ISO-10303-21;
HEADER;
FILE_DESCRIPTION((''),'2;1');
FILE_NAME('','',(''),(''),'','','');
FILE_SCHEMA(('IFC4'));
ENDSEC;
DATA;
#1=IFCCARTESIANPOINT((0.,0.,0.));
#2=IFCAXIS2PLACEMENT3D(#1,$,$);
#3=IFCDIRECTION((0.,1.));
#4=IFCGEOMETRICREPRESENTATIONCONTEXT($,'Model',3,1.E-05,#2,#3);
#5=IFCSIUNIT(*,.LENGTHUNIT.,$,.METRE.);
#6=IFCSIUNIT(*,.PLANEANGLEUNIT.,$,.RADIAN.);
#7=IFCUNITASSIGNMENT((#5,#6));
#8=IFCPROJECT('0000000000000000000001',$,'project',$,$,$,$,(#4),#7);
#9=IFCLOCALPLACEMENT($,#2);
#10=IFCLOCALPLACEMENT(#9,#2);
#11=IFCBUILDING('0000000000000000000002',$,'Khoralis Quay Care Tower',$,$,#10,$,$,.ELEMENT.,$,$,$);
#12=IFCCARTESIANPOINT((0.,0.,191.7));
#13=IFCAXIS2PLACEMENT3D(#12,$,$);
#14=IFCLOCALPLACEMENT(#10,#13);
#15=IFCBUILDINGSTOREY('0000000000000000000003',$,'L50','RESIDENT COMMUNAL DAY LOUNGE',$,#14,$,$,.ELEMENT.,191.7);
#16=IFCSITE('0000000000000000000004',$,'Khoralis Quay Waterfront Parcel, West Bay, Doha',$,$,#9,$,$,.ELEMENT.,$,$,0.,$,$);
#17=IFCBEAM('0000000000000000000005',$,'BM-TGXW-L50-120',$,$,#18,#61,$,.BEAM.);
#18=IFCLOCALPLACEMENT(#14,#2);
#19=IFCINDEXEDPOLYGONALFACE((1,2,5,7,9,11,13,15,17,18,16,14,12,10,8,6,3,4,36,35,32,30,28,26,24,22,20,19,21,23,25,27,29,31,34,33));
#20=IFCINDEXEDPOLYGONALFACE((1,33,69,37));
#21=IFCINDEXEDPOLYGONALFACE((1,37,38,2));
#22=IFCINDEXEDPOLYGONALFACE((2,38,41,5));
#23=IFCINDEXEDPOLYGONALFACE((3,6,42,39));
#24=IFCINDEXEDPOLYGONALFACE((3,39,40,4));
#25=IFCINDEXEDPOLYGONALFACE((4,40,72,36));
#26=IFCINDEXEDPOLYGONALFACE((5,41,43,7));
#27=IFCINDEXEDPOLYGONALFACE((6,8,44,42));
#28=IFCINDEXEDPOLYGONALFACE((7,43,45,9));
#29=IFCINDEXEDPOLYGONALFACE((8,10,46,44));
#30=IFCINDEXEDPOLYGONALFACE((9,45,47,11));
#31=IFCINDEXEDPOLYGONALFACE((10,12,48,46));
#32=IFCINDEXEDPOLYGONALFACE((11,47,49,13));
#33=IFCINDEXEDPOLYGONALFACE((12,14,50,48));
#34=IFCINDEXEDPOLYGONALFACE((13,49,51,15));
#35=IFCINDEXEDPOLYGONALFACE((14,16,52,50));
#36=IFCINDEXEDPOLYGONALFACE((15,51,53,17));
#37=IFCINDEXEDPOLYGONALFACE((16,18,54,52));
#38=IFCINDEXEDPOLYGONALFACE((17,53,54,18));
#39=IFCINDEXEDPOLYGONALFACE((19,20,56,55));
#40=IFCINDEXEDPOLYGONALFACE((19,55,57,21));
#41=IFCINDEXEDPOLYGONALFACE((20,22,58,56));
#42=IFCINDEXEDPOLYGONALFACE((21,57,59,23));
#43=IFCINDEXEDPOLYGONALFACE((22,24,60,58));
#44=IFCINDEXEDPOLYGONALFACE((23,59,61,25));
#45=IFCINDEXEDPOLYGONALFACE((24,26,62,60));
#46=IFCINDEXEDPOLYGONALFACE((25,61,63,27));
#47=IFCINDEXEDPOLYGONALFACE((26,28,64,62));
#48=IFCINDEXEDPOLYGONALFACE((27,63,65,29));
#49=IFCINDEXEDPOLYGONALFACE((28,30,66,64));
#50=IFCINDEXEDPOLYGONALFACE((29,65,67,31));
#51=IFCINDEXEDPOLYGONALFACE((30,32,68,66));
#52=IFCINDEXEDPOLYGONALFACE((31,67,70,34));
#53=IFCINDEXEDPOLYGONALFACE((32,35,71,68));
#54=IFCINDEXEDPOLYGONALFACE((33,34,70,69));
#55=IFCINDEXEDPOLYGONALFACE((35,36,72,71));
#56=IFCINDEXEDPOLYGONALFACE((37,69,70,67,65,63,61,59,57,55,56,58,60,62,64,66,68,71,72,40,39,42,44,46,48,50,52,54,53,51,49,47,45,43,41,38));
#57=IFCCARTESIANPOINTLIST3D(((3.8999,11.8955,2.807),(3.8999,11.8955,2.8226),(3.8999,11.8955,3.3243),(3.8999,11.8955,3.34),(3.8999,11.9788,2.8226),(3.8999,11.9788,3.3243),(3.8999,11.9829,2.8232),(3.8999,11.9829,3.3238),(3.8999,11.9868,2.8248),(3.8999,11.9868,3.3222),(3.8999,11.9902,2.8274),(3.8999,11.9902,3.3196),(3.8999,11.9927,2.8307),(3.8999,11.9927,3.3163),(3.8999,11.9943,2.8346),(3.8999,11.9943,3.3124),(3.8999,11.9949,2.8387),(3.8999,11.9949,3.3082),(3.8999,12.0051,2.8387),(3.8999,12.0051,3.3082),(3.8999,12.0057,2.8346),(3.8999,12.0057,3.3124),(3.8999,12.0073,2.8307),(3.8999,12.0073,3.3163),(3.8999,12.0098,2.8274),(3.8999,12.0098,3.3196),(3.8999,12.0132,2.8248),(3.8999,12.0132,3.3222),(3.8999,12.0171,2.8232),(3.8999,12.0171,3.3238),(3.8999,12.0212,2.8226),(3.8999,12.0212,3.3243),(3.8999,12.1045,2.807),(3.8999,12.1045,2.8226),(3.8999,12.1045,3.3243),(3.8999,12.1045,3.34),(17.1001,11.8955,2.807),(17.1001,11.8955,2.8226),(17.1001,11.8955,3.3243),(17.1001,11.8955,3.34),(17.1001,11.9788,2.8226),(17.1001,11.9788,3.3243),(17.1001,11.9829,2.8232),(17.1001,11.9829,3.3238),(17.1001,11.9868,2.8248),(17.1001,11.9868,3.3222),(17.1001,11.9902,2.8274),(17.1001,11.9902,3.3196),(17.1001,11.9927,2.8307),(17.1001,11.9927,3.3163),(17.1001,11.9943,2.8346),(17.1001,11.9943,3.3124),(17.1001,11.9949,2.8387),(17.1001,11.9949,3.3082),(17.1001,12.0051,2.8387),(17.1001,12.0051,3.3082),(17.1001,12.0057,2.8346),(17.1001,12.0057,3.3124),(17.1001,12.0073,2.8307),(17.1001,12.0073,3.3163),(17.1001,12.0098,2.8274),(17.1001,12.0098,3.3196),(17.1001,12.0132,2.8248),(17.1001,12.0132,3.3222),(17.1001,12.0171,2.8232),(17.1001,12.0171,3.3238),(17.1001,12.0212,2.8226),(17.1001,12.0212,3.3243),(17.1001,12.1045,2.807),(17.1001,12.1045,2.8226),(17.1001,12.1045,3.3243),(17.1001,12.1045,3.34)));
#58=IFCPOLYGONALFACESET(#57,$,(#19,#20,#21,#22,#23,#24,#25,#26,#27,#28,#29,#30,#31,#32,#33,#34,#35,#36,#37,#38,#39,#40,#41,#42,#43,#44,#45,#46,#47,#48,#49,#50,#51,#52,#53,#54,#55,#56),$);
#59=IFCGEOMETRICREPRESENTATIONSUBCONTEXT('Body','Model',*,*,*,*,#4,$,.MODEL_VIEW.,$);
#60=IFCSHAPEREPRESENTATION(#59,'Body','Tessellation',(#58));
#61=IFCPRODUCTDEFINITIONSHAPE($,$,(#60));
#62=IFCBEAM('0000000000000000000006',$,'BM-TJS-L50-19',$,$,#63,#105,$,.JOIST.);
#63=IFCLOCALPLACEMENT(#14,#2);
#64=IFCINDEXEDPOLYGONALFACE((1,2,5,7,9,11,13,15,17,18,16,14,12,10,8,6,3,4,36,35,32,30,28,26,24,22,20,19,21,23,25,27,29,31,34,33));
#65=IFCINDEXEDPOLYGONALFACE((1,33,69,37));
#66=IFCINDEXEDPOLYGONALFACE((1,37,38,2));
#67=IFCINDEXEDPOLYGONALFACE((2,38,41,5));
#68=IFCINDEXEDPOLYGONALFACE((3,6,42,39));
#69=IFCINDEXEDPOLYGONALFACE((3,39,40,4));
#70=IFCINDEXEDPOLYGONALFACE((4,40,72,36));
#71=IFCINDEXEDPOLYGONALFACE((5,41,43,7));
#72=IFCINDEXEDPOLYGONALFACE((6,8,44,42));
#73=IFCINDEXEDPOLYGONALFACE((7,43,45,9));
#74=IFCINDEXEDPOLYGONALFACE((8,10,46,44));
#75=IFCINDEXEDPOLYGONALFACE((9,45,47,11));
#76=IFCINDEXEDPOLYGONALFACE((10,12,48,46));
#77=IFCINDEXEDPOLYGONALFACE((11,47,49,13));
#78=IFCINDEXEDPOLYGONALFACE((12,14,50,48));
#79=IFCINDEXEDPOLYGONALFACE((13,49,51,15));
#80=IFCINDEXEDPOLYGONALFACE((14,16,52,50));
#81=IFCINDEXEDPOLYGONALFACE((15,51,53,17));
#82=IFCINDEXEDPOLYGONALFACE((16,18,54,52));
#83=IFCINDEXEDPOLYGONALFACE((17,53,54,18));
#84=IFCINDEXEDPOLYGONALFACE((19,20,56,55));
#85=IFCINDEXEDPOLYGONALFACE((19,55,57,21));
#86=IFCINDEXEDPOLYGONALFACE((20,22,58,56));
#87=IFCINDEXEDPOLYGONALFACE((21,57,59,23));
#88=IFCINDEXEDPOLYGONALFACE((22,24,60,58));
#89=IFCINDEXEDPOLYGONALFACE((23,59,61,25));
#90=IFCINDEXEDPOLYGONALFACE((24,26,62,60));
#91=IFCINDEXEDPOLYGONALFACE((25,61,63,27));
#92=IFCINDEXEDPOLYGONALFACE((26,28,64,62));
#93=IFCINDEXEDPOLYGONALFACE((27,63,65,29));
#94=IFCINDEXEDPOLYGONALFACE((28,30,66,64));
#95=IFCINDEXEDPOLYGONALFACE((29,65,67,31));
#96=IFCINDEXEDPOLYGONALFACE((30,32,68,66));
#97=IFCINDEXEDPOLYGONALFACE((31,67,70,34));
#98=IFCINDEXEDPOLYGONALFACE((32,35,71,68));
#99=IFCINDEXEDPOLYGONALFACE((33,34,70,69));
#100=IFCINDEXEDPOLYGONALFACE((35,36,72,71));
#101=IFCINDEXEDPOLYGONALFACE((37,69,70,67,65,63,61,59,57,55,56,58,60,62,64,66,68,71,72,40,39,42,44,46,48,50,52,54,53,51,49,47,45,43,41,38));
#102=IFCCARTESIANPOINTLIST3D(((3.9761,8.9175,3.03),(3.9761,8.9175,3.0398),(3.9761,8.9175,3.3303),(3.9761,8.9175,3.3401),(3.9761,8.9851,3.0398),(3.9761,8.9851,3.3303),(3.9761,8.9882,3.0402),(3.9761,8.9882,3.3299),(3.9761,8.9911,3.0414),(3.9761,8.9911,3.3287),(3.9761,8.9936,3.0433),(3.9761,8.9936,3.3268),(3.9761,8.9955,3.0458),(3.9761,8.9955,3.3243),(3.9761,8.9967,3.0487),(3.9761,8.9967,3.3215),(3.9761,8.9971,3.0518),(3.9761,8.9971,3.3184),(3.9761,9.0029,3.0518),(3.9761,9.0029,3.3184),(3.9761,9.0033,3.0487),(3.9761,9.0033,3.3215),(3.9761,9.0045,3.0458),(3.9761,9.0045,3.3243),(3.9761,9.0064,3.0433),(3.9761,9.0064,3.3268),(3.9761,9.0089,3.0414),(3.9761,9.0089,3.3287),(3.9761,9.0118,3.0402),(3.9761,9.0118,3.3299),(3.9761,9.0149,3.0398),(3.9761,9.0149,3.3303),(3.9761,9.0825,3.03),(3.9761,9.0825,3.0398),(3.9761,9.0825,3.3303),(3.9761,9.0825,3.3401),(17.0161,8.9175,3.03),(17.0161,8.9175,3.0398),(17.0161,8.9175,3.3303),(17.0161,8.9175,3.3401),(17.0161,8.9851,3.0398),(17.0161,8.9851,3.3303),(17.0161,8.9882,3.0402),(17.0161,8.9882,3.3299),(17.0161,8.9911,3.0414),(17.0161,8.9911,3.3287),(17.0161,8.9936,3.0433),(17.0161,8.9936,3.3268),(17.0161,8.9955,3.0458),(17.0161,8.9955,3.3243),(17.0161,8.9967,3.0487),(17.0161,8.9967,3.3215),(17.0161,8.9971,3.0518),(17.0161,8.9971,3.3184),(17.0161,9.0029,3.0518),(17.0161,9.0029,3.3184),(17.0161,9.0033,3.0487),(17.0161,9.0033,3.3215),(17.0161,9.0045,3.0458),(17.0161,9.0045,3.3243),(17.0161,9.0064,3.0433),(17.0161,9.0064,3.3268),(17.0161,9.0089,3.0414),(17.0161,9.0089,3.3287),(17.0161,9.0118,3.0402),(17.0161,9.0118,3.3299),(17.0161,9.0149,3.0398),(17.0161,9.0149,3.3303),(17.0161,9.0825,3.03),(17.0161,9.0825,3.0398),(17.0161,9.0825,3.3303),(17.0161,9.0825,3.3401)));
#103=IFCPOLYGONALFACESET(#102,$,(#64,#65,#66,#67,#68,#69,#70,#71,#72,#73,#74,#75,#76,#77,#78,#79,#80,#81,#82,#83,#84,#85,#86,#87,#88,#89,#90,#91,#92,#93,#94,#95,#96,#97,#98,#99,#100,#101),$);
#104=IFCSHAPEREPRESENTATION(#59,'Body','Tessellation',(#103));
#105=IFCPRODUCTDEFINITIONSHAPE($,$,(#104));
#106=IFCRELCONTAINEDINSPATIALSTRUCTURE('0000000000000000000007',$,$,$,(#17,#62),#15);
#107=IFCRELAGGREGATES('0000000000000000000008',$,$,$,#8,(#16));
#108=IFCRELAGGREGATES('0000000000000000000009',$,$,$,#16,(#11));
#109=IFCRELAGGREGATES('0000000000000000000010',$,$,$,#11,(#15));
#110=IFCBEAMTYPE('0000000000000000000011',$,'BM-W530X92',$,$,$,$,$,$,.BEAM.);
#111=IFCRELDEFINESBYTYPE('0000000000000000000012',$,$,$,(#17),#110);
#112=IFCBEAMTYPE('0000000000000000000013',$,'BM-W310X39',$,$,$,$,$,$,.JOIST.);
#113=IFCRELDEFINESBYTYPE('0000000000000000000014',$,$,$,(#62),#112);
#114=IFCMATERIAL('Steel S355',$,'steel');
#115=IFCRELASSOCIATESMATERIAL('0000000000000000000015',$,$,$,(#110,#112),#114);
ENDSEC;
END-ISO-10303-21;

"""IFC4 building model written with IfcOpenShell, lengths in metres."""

from ifc_helpers import new_model, si_unit, direction, frame, origin, origin_2d, place, context, subcontext, project, spatial, i_section, extrude, source, transform, mapped, material, material_profile, profile_set, type_object, element, save


model = new_model("IFC4")

# Units and contexts
model_context = context("Model", 3, precision=1e-05, world=origin(), true_north=direction((0.0, 1.0)))
body_context = subcontext(model_context, "Body", "Model", "MODEL_VIEW")
ifc_project = project(units=[si_unit("LENGTHUNIT", "METRE"), si_unit("PLANEANGLEUNIT", "RADIAN")], contexts=[model_context])

# Site, building, storey
site_placement = place(None, origin())
site = spatial("IfcSite", under=ifc_project, at=site_placement, Name="Khoralis Quay Waterfront Parcel, West Bay, Doha", CompositionType="ELEMENT", RefElevation=0.0)
building_placement = place(site_placement, origin())
building = spatial("IfcBuilding", under=site, at=building_placement, Name="Khoralis Quay Care Tower", CompositionType="ELEMENT")
storey_placement = place(building_placement, frame((0.0, 0.0, 191.7)))
storey = spatial("IfcBuildingStorey", under=building, at=storey_placement, Name="L50", Description="RESIDENT COMMUNAL DAY LOUNGE", CompositionType="ELEMENT", Elevation=191.7)

# Beams
ifc_material_1 = material(Name="Steel S355", Category="steel")
ifc_material_profile_1 = material_profile(ifc_material_1, i_section(OverallWidth=0.209, OverallDepth=0.533, WebThickness=0.0103, FlangeThickness=0.0156, FilletRadius=0.0161, at=origin_2d()), Name="Steel S355")
ifc_profile_set_1 = profile_set([ifc_material_profile_1], Name="Steel S355")
beam_type_1 = type_object("IfcBeamType", Name="BM-W530X92", PredefinedType="BEAM", material=ifc_profile_set_1)
shared_shape_1 = source(origin(), body_context, "Body", "SweptSolid", [
    extrude(i_section(OverallWidth=0.209, OverallDepth=0.533, WebThickness=0.0103, FlangeThickness=0.0156, FilletRadius=0.0161, at=origin_2d()), origin(), (0.0, 0.0, 1.0), 13.2002),
])
beam_1_placement = place(storey_placement, frame((3.8999, 12.0, 3.0735), z_axis=(1.0, 0.0, 0.0), x_axis=(0.0, 1.0, 0.0)))
element("IfcBeam", 1, at=beam_1_placement, inside=storey, type_object=beam_type_1, Name="BM-TGXW-L50-120", PredefinedType="BEAM", context=body_context, shape_type="MappedRepresentation", body=[
    mapped(shared_shape_1, transform((0.0, 0.0, 0.0), scale=1.0)),
])
ifc_material_profile_2 = material_profile(ifc_material_1, i_section(OverallWidth=0.165, OverallDepth=0.3101, WebThickness=0.0059, FlangeThickness=0.0098, FilletRadius=0.012, at=origin_2d()), Name="Steel S355")
ifc_profile_set_2 = profile_set([ifc_material_profile_2], Name="Steel S355")
beam_type_2 = type_object("IfcBeamType", Name="BM-W310X39", PredefinedType="JOIST", material=ifc_profile_set_2)
shared_shape_2 = source(origin(), body_context, "Body", "SweptSolid", [
    extrude(i_section(OverallWidth=0.165, OverallDepth=0.3101, WebThickness=0.0059, FlangeThickness=0.0098, FilletRadius=0.012, at=origin_2d()), origin(), (0.0, 0.0, 1.0), 13.04),
])
beam_2_placement = place(storey_placement, frame((3.9761, 9.0, 3.1851), z_axis=(1.0, 0.0, 0.0), x_axis=(0.0, 1.0, 0.0)))
element("IfcBeam", 2, at=beam_2_placement, inside=storey, type_object=beam_type_2, Name="BM-TJS-L50-19", PredefinedType="JOIST", context=body_context, shape_type="MappedRepresentation", body=[
    mapped(shared_shape_2, transform((0.0, 0.0, 0.0), scale=1.0)),
])

save(model, "model.ifc")
